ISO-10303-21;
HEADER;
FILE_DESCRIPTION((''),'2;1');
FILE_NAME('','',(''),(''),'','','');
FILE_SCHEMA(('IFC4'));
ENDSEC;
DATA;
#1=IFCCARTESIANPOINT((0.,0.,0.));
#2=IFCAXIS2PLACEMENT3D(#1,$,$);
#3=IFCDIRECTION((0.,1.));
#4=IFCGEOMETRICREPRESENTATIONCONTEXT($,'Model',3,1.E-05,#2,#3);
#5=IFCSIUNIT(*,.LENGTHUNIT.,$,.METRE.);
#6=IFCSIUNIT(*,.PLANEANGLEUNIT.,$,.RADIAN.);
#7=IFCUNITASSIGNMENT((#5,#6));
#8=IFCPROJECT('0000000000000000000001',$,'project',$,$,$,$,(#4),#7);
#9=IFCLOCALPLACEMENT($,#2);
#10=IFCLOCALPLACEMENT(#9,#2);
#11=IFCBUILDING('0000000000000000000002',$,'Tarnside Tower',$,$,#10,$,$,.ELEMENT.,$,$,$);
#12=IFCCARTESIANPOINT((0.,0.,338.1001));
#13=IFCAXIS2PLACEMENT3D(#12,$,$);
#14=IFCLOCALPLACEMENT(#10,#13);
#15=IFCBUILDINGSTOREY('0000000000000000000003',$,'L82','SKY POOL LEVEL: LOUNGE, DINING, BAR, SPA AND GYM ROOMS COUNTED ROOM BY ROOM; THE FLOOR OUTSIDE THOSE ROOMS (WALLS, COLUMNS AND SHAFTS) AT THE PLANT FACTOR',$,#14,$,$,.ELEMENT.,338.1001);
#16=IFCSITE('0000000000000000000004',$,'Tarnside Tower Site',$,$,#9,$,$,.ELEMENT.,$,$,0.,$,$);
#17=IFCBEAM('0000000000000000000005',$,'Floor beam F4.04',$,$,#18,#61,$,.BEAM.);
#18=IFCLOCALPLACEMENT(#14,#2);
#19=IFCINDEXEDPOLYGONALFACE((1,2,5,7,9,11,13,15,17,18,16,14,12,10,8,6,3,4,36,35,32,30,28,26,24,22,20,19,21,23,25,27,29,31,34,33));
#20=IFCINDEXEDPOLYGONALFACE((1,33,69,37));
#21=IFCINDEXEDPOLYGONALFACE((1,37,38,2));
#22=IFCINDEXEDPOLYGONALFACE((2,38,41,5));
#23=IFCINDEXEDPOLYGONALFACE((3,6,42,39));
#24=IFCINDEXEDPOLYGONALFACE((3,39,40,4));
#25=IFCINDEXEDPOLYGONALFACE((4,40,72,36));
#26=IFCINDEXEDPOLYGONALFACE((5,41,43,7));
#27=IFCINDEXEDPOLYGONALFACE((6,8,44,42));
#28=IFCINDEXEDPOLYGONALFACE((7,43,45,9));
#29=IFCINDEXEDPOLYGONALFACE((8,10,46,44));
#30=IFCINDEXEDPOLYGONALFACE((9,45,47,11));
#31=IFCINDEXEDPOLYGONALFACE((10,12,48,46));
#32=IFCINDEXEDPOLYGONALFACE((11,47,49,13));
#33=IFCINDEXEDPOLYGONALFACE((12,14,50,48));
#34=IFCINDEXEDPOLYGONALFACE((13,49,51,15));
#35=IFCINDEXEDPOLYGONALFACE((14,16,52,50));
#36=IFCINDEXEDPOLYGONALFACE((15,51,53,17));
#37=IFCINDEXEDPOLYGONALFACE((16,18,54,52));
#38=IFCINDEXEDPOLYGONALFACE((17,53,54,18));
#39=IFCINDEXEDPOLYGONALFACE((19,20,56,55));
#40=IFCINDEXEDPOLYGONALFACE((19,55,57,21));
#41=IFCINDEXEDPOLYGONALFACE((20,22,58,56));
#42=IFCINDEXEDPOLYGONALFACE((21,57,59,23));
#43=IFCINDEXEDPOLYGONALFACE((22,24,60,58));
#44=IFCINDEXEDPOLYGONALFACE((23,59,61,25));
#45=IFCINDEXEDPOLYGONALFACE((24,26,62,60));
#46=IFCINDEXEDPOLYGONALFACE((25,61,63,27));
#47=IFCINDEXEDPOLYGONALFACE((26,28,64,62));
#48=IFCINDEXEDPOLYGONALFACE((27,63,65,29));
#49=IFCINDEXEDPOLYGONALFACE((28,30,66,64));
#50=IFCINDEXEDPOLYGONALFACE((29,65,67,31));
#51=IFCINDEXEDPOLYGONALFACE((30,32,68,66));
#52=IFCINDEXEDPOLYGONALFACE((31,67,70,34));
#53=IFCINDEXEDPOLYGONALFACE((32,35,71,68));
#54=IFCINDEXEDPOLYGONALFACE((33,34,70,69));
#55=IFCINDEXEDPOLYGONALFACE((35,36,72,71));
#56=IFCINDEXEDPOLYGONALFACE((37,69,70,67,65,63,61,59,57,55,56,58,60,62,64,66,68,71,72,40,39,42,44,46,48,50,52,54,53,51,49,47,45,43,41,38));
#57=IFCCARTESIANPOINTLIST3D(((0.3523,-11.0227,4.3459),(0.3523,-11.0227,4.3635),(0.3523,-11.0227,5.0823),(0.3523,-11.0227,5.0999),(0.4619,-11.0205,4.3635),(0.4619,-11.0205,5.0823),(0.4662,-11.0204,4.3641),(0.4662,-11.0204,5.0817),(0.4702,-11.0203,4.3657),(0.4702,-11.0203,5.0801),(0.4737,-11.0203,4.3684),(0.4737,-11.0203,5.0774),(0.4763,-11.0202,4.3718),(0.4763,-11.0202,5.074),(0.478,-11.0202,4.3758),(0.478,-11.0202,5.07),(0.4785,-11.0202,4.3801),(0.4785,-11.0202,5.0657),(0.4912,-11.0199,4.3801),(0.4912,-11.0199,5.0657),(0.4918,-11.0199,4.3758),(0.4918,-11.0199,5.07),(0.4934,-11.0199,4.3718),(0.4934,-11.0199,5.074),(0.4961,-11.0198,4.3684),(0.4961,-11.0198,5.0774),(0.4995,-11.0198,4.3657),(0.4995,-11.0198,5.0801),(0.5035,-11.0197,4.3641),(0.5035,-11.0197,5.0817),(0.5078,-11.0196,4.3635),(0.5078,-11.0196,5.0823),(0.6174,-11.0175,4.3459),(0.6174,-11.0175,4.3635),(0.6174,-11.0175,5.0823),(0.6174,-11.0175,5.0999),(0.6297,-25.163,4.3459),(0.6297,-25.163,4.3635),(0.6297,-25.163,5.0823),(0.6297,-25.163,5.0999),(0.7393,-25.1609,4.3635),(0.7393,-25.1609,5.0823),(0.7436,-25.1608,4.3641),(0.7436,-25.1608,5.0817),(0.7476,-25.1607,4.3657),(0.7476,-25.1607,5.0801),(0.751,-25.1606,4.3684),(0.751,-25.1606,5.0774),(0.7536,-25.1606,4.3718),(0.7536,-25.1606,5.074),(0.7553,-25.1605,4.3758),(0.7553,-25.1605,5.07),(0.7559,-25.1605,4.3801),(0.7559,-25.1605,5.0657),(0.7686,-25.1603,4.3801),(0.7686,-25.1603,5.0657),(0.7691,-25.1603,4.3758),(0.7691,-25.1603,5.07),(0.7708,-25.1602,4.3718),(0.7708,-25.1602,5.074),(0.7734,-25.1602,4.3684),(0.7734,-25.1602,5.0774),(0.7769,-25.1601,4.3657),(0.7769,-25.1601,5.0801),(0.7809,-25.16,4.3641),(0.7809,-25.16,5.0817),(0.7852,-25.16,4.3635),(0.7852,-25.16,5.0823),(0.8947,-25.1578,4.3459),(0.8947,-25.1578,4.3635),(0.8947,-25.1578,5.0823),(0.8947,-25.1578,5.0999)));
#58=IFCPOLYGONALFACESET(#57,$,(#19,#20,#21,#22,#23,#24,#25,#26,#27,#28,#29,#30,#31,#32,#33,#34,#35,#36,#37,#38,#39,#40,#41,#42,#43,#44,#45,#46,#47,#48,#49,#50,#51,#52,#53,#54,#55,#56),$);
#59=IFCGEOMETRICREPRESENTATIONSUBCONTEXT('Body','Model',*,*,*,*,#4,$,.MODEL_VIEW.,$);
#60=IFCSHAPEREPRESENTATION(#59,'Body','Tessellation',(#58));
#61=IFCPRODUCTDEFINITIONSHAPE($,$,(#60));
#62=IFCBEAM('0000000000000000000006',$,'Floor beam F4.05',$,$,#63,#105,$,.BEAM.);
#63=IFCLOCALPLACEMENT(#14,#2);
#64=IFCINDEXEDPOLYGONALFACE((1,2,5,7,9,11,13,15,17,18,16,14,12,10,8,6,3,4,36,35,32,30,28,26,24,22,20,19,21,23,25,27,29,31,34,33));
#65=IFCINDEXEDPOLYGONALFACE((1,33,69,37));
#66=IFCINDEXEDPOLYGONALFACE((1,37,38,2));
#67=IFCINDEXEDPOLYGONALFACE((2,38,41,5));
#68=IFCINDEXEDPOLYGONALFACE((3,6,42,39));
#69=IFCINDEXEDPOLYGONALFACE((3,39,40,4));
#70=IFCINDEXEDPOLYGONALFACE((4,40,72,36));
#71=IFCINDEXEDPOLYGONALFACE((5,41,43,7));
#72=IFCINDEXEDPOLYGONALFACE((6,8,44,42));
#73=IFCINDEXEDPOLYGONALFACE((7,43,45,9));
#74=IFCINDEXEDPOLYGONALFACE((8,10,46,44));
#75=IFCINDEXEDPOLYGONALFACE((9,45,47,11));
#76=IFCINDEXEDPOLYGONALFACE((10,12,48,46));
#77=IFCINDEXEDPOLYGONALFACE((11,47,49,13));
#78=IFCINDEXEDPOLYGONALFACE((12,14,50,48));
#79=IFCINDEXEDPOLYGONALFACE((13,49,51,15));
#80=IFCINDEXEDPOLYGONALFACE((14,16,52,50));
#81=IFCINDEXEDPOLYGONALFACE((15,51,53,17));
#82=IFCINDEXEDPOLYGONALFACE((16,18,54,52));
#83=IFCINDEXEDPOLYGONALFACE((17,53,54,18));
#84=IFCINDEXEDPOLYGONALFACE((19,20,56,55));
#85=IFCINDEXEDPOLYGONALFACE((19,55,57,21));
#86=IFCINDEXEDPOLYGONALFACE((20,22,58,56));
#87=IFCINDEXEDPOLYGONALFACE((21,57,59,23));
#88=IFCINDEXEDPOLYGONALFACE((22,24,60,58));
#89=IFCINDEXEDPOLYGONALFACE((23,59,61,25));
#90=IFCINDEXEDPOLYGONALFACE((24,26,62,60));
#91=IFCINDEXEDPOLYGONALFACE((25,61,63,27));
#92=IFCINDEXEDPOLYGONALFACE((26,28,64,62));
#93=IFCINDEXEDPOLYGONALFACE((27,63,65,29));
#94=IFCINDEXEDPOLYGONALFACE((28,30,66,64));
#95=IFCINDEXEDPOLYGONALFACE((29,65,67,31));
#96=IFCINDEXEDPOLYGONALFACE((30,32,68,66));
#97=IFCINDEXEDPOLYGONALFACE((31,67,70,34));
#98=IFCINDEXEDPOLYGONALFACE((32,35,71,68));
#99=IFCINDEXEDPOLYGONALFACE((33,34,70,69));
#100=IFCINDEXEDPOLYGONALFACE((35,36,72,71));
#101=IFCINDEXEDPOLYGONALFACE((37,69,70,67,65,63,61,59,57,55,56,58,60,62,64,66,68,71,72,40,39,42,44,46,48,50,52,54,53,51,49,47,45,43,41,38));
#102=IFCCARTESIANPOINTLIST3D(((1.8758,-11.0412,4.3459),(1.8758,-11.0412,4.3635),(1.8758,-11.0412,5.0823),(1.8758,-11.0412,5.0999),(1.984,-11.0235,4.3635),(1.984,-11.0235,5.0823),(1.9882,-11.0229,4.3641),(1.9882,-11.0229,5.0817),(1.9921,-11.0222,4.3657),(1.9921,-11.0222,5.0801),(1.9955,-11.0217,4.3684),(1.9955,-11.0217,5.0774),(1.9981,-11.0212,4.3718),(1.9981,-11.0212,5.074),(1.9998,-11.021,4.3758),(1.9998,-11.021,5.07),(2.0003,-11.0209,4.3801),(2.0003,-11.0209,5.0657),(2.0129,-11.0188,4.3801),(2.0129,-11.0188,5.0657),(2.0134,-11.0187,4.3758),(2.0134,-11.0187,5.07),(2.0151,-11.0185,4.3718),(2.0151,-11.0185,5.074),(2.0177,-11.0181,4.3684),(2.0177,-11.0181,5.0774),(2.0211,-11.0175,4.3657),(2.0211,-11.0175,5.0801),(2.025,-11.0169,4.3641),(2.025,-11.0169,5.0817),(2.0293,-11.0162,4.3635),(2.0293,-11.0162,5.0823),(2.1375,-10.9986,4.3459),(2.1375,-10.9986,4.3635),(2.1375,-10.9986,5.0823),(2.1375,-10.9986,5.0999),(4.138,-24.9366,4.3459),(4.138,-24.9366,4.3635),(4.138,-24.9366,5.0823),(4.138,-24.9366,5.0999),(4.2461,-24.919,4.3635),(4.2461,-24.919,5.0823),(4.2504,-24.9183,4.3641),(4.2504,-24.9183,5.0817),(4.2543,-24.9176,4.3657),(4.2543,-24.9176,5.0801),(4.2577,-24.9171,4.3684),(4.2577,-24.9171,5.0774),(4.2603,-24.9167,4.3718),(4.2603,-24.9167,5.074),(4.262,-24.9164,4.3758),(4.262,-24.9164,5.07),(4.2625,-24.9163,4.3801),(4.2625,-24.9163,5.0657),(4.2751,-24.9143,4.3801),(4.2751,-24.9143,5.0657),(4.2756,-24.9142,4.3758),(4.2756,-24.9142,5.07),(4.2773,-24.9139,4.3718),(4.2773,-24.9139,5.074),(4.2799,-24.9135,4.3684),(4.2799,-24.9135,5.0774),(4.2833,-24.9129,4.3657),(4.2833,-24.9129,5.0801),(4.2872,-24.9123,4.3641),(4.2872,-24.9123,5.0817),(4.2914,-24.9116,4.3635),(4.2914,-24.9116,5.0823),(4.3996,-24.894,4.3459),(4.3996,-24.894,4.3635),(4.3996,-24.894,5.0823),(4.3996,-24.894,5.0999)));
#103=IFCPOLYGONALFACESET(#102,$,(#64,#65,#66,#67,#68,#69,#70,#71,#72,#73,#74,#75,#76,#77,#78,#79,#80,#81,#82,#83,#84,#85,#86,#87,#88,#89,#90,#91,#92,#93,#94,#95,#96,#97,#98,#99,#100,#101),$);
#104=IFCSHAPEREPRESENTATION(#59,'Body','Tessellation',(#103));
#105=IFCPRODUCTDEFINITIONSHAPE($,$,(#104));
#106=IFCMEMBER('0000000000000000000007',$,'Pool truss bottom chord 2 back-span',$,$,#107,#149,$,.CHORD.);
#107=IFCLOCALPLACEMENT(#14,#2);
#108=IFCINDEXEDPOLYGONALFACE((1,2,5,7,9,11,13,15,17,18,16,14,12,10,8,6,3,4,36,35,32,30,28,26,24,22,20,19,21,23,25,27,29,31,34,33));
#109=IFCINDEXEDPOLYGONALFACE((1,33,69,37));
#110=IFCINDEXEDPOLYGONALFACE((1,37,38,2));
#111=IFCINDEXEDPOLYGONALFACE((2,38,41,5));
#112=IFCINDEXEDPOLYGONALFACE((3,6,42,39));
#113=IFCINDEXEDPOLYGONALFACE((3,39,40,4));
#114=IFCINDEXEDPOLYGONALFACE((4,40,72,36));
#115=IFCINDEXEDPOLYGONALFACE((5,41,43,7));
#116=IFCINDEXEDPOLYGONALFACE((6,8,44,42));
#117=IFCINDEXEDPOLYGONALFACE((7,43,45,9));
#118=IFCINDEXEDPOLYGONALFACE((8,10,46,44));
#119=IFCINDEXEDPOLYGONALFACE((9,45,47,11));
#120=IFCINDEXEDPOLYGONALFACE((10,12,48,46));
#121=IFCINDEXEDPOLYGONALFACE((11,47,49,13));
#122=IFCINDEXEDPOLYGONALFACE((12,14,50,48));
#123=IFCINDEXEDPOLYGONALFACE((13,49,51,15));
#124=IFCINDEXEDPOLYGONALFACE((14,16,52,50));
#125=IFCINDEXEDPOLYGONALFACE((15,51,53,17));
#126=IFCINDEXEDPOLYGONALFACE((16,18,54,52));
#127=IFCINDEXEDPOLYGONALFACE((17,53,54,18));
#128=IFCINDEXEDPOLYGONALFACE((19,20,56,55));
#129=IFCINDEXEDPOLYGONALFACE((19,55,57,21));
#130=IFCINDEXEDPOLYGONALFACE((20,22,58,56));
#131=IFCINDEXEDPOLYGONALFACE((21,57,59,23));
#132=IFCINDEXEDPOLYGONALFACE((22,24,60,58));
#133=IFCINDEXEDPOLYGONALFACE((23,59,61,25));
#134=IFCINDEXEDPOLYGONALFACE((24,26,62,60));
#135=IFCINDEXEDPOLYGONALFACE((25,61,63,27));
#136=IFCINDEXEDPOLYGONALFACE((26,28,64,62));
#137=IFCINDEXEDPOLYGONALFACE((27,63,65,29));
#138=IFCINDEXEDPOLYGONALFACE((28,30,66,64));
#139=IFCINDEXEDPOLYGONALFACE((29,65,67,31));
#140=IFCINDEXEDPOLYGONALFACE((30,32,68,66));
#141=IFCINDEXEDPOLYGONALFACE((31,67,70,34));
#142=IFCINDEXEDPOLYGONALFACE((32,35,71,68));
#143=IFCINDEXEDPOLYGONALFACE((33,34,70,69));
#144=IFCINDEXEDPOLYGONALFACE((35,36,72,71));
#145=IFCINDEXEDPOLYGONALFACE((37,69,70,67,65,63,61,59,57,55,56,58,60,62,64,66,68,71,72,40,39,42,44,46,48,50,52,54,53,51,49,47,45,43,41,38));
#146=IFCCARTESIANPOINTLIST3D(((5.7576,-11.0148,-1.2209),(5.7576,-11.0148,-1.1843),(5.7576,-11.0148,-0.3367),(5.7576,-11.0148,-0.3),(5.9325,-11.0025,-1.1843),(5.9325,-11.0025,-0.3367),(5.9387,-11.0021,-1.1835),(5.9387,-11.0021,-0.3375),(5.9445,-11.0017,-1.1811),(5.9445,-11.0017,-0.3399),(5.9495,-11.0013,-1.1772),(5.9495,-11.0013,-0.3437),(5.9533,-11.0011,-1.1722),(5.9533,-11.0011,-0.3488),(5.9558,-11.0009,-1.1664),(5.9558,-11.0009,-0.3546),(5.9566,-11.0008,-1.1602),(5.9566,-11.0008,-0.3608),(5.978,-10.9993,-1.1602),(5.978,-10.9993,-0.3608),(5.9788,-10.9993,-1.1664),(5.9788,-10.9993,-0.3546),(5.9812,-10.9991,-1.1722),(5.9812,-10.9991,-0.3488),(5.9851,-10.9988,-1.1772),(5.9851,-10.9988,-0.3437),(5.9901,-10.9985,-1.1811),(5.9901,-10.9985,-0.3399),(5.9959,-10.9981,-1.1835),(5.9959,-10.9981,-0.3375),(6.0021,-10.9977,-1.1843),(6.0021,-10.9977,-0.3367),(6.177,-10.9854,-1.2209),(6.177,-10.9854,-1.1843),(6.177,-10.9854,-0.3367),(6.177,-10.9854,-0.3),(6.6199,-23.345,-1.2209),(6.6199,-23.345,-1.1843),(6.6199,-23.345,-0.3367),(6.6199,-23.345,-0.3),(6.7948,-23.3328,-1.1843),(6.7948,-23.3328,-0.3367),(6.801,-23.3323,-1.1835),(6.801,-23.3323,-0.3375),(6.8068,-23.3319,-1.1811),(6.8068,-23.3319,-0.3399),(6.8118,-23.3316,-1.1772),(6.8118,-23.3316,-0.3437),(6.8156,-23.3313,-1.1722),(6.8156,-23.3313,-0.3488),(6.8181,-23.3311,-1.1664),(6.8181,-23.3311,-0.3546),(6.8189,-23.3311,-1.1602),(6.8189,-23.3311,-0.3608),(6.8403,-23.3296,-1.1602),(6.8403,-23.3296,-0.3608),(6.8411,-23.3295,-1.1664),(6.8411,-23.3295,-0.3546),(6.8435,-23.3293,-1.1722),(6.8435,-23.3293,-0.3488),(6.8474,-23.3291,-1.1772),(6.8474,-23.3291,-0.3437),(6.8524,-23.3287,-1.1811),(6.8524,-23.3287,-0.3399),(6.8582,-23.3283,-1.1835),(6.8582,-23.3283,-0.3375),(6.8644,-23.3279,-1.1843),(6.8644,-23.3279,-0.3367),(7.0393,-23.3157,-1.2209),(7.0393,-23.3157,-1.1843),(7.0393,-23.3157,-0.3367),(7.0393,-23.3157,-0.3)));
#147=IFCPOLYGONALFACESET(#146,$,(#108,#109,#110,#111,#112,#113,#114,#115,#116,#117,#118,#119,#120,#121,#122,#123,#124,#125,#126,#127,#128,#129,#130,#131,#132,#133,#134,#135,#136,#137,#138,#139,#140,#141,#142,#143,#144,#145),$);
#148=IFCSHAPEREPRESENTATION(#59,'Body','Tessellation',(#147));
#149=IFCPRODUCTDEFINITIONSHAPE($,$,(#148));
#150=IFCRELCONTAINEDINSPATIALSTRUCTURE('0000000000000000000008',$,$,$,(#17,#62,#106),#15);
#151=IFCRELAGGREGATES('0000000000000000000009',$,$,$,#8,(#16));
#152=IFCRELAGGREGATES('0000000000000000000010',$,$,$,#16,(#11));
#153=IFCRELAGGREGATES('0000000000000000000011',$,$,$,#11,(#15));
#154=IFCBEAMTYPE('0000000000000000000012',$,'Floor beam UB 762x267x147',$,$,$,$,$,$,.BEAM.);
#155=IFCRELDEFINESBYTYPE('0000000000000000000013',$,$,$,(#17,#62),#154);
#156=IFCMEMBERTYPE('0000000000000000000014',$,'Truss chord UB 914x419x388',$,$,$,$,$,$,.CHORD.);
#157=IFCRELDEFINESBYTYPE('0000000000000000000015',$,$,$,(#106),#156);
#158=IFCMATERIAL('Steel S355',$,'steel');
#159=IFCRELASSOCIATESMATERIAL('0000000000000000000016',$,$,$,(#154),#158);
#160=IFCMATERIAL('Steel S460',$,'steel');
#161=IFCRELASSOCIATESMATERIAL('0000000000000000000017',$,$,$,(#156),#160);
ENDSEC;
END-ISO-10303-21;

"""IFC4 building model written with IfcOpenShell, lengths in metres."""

from ifc_helpers import new_model, si_unit, direction, frame, origin, origin_2d, place, context, subcontext, project, spatial, i_section, extrude, material, material_profile, profile_set, type_object, element, save


model = new_model("IFC4")

# Units and contexts
model_context = context("Model", 3, precision=1e-05, world=origin(), true_north=direction((0.0, 1.0)))
body_context = subcontext(model_context, "Body", "Model", "MODEL_VIEW")
ifc_project = project(units=[si_unit("LENGTHUNIT", "METRE"), si_unit("PLANEANGLEUNIT", "RADIAN")], contexts=[model_context])

# Site, building, storey
site_placement = place(None, origin())
site = spatial("IfcSite", under=ifc_project, at=site_placement, Name="Tarnside Tower Site", CompositionType="ELEMENT", RefElevation=0.0)
building_placement = place(site_placement, origin())
building = spatial("IfcBuilding", under=site, at=building_placement, Name="Tarnside Tower", CompositionType="ELEMENT")
storey_placement = place(building_placement, frame((0.0, 0.0, 338.1001)))
storey = spatial("IfcBuildingStorey", under=building, at=storey_placement, Name="L82", Description="SKY POOL LEVEL: LOUNGE, DINING, BAR, SPA AND GYM ROOMS COUNTED ROOM BY ROOM; THE FLOOR OUTSIDE THOSE ROOMS (WALLS, COLUMNS AND SHAFTS) AT THE PLANT FACTOR", CompositionType="ELEMENT", Elevation=338.1001)

# Beams
ifc_material_1 = material(Name="Steel S355", Category="steel")
ifc_material_profile_1 = material_profile(ifc_material_1, i_section(OverallWidth=0.2651, OverallDepth=0.7539, WebThickness=0.0127, FlangeThickness=0.0176, FilletRadius=0.0166, at=origin_2d()), Name="UB 762x267x147")
ifc_profile_set_1 = profile_set([ifc_material_profile_1], Name="Steel S355")
beam_type = type_object("IfcBeamType", Name="Floor beam UB 762x267x147", PredefinedType="BEAM", material=ifc_profile_set_1)
beam_1_placement = place(storey_placement, frame((0.7622, -25.1604, 4.7229), z_axis=(-0.01961, 0.999808, 0.0), x_axis=(-0.999808, -0.01961, 0.0)))
element("IfcBeam", 1, at=beam_1_placement, inside=storey, type_object=beam_type, Name="Floor beam F4.04", PredefinedType="BEAM", context=body_context, shape_type="SweptSolid", body=[
    extrude(i_section(OverallWidth=0.2651, OverallDepth=0.7539, WebThickness=0.0127, FlangeThickness=0.0176, FilletRadius=0.0166, at=origin_2d()), origin(), (0.0, 0.0, 1.0), 14.1431),
])
beam_2_placement = place(storey_placement, frame((4.2688, -24.9153, 4.7229), z_axis=(-0.160686, 0.987006, 0.0), x_axis=(-0.987006, -0.160686, 0.0)))
element("IfcBeam", 2, at=beam_2_placement, inside=storey, type_object=beam_type, Name="Floor beam F4.05", PredefinedType="BEAM", context=body_context, shape_type="SweptSolid", body=[
    extrude(i_section(OverallWidth=0.2651, OverallDepth=0.7539, WebThickness=0.0127, FlangeThickness=0.0176, FilletRadius=0.0166, at=origin_2d()), origin(), (0.0, 0.0, 1.0), 14.0784),
])

# Member
ifc_material_2 = material(Name="Steel S460", Category="steel")
ifc_material_profile_2 = material_profile(ifc_material_2, i_section(OverallWidth=0.4204, OverallDepth=0.9209, WebThickness=0.0215, FlangeThickness=0.0366, FilletRadius=0.0242, at=origin_2d()), Name="UB 914x419x388")
ifc_profile_set_2 = profile_set([ifc_material_profile_2], Name="Steel S460")
member_type_1 = type_object("IfcMemberType", Name="Truss chord UB 914x419x388", PredefinedType="CHORD", material=ifc_profile_set_2)
member_placement = place(storey_placement, frame((6.8296, -23.3303, -0.7605), z_axis=(-0.069763, 0.997564, 0.0), x_axis=(-0.997564, -0.069763, 0.0)))
element("IfcMember", 3, at=member_placement, inside=storey, type_object=member_type_1, Name="Pool truss bottom chord 2 back-span", PredefinedType="CHORD", context=body_context, shape_type="SweptSolid", body=[
    extrude(i_section(OverallWidth=0.4204, OverallDepth=0.9209, WebThickness=0.0215, FlangeThickness=0.0366, FilletRadius=0.0242, at=origin_2d()), origin(), (0.0, 0.0, 1.0), 12.3604),
])

save(model, "model.ifc")
